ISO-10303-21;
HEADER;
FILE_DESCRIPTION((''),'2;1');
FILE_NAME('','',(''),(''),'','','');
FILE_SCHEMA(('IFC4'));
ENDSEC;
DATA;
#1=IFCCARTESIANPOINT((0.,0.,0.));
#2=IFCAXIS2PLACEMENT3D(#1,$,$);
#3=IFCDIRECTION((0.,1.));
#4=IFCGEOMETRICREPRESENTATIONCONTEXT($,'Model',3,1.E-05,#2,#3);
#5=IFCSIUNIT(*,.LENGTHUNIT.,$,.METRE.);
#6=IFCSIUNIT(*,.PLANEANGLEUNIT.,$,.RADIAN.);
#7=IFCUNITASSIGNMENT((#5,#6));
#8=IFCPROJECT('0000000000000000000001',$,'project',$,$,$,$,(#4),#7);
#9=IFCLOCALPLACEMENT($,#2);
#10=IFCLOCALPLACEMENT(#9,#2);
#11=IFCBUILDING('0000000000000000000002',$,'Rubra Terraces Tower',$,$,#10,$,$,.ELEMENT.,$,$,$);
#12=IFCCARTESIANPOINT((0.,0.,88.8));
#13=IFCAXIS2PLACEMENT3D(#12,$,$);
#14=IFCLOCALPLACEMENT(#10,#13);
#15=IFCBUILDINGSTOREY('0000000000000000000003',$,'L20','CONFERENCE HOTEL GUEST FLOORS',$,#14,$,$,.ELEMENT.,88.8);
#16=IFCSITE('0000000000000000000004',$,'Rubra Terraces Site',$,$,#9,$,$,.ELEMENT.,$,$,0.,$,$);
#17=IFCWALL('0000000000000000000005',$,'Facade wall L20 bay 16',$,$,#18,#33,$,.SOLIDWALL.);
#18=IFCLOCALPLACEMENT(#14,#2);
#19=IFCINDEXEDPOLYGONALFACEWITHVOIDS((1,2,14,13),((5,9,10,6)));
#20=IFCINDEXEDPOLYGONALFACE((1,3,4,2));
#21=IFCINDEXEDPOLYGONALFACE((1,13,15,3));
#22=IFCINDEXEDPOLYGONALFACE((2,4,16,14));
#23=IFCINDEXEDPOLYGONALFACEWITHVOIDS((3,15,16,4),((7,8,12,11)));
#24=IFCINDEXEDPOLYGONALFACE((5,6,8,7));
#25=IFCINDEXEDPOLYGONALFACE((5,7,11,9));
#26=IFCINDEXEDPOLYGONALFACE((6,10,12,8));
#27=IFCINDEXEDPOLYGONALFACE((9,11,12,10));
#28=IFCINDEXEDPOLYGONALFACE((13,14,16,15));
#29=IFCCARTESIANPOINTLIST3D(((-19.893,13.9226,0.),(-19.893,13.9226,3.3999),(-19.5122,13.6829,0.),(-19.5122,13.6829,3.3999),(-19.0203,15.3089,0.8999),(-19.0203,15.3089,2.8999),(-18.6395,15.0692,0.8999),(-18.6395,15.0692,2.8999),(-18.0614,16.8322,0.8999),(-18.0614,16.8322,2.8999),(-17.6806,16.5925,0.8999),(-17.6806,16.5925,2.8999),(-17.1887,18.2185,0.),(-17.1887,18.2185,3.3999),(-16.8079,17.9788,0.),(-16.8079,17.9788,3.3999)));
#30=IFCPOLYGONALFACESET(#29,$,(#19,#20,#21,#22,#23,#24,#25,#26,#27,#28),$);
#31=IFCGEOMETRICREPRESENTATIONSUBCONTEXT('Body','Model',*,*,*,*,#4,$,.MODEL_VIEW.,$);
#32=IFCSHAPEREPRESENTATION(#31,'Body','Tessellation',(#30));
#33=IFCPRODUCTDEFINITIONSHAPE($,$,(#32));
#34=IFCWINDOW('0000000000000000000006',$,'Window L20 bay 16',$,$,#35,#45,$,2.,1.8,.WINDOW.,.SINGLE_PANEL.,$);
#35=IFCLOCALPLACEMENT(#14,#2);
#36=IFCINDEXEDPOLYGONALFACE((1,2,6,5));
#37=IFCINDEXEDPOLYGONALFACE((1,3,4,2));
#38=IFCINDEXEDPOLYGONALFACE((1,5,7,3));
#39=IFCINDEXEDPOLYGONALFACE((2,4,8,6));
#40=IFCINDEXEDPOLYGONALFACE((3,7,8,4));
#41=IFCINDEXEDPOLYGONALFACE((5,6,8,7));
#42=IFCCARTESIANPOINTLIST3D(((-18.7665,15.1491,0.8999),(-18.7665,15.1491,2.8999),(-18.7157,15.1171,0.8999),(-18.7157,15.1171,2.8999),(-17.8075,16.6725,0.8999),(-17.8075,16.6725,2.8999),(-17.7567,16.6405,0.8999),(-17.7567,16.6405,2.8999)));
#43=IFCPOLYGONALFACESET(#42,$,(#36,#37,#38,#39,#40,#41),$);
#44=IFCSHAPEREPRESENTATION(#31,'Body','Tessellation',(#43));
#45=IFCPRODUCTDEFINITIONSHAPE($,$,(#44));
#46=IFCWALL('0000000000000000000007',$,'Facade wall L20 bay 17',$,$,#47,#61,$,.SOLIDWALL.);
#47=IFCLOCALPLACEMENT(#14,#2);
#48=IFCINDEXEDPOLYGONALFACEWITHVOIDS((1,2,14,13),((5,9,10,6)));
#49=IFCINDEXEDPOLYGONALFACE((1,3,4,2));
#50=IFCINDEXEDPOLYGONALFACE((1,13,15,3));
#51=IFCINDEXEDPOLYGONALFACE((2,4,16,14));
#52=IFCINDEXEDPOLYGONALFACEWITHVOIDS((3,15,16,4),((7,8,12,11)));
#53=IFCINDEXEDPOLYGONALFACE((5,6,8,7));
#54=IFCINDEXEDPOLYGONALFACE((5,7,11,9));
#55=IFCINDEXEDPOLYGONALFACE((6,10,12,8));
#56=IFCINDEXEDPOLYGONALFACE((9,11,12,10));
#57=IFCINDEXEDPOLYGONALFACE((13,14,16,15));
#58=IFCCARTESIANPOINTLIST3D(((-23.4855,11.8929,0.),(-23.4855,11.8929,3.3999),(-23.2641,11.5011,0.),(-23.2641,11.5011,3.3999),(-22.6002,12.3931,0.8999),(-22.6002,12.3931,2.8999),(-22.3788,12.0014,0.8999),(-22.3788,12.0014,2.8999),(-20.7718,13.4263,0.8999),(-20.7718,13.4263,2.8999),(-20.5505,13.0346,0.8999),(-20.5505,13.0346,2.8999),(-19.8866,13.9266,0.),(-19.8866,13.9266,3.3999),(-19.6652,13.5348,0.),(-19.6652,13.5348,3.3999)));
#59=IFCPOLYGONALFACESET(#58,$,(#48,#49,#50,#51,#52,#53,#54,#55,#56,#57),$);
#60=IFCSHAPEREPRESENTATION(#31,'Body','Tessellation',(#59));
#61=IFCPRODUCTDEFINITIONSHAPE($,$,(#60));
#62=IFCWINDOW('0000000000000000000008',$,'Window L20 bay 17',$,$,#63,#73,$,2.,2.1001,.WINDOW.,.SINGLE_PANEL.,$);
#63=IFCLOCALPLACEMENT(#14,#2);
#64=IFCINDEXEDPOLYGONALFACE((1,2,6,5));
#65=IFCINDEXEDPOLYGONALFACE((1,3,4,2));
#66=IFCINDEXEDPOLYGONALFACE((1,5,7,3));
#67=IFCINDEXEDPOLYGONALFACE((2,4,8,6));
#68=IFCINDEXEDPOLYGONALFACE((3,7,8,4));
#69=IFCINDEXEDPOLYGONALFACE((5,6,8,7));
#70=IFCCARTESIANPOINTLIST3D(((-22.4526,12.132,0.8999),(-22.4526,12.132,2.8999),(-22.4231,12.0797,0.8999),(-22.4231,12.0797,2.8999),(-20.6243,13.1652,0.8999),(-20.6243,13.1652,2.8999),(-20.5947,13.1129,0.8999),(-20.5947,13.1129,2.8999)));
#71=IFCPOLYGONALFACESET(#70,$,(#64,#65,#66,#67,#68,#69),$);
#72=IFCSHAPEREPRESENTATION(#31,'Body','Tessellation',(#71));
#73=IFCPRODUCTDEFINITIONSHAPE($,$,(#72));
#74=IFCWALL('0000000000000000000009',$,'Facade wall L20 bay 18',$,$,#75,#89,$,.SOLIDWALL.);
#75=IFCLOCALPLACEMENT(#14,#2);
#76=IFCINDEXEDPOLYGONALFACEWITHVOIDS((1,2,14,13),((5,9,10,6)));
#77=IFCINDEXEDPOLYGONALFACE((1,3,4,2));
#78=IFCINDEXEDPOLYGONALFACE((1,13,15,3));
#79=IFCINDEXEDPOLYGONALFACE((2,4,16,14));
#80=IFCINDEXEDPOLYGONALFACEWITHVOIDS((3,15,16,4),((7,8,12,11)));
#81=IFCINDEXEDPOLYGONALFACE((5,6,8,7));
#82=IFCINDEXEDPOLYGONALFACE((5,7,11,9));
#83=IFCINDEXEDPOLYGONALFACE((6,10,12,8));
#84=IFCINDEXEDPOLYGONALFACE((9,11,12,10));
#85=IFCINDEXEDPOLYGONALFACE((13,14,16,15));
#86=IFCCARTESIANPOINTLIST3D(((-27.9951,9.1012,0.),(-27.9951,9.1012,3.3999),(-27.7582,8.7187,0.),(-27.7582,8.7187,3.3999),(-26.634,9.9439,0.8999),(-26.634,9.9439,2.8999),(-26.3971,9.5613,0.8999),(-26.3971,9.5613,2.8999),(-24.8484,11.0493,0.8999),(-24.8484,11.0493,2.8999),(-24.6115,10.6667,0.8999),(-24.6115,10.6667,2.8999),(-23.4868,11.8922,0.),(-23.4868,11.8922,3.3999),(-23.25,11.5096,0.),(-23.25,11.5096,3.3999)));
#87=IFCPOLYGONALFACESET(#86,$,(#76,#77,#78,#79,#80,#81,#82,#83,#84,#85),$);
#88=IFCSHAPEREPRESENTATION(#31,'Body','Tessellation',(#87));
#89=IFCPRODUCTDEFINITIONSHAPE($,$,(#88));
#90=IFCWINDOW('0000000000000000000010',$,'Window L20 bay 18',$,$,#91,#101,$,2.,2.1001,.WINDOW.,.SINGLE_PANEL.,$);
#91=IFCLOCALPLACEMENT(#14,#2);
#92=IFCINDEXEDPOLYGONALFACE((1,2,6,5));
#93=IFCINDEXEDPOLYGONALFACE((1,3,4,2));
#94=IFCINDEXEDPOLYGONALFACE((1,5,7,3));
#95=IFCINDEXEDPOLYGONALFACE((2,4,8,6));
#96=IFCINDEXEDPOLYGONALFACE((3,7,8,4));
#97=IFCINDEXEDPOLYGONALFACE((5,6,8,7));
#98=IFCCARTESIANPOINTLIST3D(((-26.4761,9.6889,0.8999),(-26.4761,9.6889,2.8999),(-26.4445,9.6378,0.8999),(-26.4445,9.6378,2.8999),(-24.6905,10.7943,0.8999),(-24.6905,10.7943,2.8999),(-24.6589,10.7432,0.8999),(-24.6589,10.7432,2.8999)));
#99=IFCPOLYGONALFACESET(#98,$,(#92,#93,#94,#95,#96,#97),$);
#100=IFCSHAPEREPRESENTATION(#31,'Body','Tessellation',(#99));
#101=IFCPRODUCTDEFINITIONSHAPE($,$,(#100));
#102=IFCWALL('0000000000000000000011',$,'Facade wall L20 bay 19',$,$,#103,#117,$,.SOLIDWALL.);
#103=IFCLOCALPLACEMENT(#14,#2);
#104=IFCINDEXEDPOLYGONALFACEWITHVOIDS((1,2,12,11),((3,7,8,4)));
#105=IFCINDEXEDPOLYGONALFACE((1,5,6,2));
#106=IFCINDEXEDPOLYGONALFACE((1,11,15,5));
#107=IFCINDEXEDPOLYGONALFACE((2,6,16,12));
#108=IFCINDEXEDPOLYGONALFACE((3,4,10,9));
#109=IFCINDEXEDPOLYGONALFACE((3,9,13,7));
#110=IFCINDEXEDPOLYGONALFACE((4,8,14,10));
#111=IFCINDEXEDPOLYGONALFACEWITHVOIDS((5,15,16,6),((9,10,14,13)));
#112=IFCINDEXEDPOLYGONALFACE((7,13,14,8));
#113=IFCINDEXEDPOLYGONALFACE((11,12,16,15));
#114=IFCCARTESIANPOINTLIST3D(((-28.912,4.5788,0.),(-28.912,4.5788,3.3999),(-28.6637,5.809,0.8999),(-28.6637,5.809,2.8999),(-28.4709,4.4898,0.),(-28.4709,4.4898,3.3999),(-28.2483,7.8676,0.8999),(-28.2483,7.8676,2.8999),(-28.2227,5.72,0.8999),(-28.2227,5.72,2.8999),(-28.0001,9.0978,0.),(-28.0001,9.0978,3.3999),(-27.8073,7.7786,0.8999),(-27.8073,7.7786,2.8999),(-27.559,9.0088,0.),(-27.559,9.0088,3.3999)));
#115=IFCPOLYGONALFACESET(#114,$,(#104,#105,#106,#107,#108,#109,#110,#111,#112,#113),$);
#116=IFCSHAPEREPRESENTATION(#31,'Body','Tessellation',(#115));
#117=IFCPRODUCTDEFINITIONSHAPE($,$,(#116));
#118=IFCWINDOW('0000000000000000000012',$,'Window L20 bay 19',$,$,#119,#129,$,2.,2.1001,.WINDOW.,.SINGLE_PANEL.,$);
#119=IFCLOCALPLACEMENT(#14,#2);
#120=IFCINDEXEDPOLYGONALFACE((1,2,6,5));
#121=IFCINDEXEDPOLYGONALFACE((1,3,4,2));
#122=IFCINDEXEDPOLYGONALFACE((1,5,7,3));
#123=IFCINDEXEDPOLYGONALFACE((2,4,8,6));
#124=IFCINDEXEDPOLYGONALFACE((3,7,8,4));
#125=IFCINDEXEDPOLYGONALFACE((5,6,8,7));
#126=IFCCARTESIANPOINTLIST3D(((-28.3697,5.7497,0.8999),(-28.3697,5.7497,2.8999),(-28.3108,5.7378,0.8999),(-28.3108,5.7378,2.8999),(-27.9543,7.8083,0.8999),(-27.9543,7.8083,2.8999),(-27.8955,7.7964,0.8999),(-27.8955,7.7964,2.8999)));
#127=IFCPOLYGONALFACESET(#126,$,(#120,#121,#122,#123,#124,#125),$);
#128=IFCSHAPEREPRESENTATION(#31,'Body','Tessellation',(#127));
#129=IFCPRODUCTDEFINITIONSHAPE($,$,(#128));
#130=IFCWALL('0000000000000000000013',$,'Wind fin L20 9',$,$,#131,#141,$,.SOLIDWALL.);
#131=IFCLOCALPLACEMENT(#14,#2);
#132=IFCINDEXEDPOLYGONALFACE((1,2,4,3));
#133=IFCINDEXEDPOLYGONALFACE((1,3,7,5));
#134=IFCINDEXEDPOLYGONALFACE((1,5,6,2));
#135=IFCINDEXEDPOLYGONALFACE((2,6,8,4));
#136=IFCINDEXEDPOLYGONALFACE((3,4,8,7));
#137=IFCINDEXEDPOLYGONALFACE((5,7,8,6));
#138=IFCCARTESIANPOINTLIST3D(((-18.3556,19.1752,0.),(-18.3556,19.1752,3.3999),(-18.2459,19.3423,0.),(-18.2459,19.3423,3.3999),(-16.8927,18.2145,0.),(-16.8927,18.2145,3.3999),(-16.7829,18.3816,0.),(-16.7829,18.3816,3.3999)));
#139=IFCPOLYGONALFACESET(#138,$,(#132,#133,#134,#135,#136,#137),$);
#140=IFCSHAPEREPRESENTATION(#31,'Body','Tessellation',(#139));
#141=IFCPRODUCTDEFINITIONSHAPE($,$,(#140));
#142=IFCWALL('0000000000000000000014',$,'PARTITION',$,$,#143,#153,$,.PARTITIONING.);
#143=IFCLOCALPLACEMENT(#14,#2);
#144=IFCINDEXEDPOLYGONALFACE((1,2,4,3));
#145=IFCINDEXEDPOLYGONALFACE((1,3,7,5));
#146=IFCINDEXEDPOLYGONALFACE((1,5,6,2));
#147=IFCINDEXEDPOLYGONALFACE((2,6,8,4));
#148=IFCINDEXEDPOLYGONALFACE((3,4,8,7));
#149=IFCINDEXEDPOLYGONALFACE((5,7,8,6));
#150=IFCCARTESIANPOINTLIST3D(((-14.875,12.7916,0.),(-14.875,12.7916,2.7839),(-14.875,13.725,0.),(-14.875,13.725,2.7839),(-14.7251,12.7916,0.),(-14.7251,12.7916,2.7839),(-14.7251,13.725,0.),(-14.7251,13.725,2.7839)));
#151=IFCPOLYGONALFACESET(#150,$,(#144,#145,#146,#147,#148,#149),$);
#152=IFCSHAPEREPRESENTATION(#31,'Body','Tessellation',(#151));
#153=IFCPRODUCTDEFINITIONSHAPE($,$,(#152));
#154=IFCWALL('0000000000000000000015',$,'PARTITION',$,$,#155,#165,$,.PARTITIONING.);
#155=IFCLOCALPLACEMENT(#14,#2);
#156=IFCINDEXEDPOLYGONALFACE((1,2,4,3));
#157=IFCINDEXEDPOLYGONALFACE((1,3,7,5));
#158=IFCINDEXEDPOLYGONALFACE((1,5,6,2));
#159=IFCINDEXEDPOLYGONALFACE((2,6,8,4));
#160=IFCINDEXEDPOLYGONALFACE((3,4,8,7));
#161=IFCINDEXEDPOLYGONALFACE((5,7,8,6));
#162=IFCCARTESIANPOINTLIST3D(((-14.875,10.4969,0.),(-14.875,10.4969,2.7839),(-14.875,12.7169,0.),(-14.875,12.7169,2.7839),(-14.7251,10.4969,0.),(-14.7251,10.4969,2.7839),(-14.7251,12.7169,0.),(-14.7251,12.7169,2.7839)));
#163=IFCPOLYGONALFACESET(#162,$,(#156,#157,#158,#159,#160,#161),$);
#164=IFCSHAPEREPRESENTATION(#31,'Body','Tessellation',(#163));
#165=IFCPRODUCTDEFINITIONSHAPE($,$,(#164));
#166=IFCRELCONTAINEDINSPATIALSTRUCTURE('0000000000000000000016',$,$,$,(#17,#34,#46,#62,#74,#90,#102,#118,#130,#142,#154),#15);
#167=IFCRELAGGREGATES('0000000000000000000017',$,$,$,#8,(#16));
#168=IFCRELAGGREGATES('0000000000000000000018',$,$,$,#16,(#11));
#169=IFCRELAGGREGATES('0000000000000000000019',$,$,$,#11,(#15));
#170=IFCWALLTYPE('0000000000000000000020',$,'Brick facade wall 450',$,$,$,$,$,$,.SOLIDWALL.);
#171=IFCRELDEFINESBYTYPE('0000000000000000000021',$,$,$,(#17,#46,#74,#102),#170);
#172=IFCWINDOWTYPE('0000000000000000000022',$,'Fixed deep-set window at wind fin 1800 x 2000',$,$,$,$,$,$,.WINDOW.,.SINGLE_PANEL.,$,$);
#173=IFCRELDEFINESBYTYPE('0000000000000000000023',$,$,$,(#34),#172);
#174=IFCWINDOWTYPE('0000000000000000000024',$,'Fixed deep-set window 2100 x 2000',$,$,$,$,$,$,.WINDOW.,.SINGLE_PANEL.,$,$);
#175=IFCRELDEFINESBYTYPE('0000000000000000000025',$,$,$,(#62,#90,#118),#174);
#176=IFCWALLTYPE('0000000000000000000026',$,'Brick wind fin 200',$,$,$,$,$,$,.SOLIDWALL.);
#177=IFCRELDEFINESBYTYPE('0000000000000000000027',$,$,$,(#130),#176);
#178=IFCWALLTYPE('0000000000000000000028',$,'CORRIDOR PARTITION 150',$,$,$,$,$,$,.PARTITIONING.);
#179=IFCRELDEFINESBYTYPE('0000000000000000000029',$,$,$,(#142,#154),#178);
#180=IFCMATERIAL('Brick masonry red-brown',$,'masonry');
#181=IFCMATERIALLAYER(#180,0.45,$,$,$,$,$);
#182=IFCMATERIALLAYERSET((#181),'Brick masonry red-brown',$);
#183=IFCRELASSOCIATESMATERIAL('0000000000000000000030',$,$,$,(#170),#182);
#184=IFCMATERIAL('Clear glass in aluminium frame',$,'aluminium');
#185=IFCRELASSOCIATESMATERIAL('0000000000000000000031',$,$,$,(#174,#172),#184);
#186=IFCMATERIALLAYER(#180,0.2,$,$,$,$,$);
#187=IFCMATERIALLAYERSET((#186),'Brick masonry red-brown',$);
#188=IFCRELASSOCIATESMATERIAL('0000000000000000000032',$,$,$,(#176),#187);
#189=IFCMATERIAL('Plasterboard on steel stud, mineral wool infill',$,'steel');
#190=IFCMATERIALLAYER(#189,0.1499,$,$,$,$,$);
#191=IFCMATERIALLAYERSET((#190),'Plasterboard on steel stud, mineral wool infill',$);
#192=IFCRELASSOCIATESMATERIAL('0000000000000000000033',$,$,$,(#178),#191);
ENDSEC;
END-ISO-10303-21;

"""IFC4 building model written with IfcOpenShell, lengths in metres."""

from ifc_helpers import new_model, si_unit, direction, frame, frame_2d, origin, place, context, subcontext, project, spatial, rectangle, extrude, material, layer, layer_set, type_object, element, fill, save


model = new_model("IFC4")

# Units and contexts
model_context = context("Model", 3, precision=1e-05, world=origin(), true_north=direction((0.0, 1.0)))
body_context = subcontext(model_context, "Body", "Model", "MODEL_VIEW")
ifc_project = project(units=[si_unit("LENGTHUNIT", "METRE"), si_unit("PLANEANGLEUNIT", "RADIAN")], contexts=[model_context])

# Site, building, storey
site_placement = place(None, origin())
site = spatial("IfcSite", under=ifc_project, at=site_placement, Name="Rubra Terraces Site", CompositionType="ELEMENT", RefElevation=0.0)
building_placement = place(site_placement, origin())
building = spatial("IfcBuilding", under=site, at=building_placement, Name="Rubra Terraces Tower", CompositionType="ELEMENT")
storey_placement = place(building_placement, frame((0.0, 0.0, 88.8)))
storey = spatial("IfcBuildingStorey", under=building, at=storey_placement, Name="L20", Description="CONFERENCE HOTEL GUEST FLOORS", CompositionType="ELEMENT", Elevation=88.8)

# Walls, openings, windows
ifc_material_1 = material(Name="Brick masonry red-brown", Category="masonry")
ifc_layer_1 = layer(ifc_material_1, 0.45)
ifc_layer_set_1 = layer_set([ifc_layer_1], Name="Brick masonry red-brown")
wall_type_1 = type_object("IfcWallType", Name="Brick facade wall 450", PredefinedType="SOLIDWALL", material=ifc_layer_set_1)
ifc_material_2 = material(Name="Clear glass in aluminium frame", Category="aluminium")
window_type_1 = type_object("IfcWindowType", Name="Fixed deep-set window 2100 x 2000", PartitioningType="SINGLE_PANEL", PredefinedType="WINDOW", material=ifc_material_2)
wall_1_placement = place(storey_placement, frame((-16.9983, 18.0986, 0.0), z_axis=(0.0, 0.0, 1.0), x_axis=(-0.532746, -0.846275, 0.0)))
wall_1 = element("IfcWall", 1, at=wall_1_placement, inside=storey, type_object=wall_type_1, Name="Facade wall L20 bay 16", PredefinedType="SOLIDWALL", context=body_context, shape_type="SweptSolid", body=[
    extrude(rectangle(XDim=5.0762, YDim=0.45, at=frame_2d((2.5381, 0.0))), origin(), (0.0, 0.0, 1.0), 3.3999),
])
opening_1_placement = place(wall_1_placement, frame((1.6382, 0.0, 0.8999)))
opening_1 = element("IfcOpeningElement", 2, at=opening_1_placement, cuts=wall_1, PredefinedType="OPENING", context=body_context, shape_type="SweptSolid", body=[
    extrude(rectangle(XDim=1.8, YDim=2.0, at=frame_2d((0.8999, 1.0))), frame((0.0, 0.2349, 0.0), z_axis=(0.0, -1.0, 0.0), x_axis=(1.0, 0.0, 0.0)), (0.0, 0.0, 1.0), 0.47),
])
window_type_2 = type_object("IfcWindowType", Name="Fixed deep-set window at wind fin 1800 x 2000", PartitioningType="SINGLE_PANEL", PredefinedType="WINDOW", material=ifc_material_2)
window_1_placement = place(opening_1_placement, origin())
window_1 = element("IfcWindow", 3, at=window_1_placement, inside=storey, type_object=window_type_2, Name="Window L20 bay 16", OverallHeight=2.0, OverallWidth=1.8, PartitioningType="SINGLE_PANEL", PredefinedType="WINDOW", context=body_context, shape_type="SweptSolid", body=[
    extrude(rectangle(XDim=1.8, YDim=2.0, at=frame_2d((0.8999, 1.0))), frame((0.0, 0.135, 0.0), z_axis=(0.0, -1.0, 0.0), x_axis=(1.0, 0.0, 0.0)), (0.0, 0.0, 1.0), 0.0601),
])
fill(opening_1, window_1)
wall_2_placement = place(storey_placement, frame((-19.7759, 13.7307, 0.0), z_axis=(0.0, 0.0, 1.0), x_axis=(-0.87061, -0.491974, 0.0)))
wall_2 = element("IfcWall", 4, at=wall_2_placement, inside=storey, type_object=wall_type_1, Name="Facade wall L20 bay 17", PredefinedType="SOLIDWALL", context=body_context, shape_type="SweptSolid", body=[
    extrude(rectangle(XDim=4.1338, YDim=0.45, at=frame_2d((2.0669, 0.0))), origin(), (0.0, 0.0, 1.0), 3.3999),
])
opening_2_placement = place(wall_2_placement, frame((1.0168, 0.0, 0.8999)))
opening_2 = element("IfcOpeningElement", 5, at=opening_2_placement, cuts=wall_2, PredefinedType="OPENING", context=body_context, shape_type="SweptSolid", body=[
    extrude(rectangle(XDim=2.1001, YDim=2.0, at=frame_2d((1.05, 1.0))), frame((0.0, 0.2349, 0.0), z_axis=(0.0, -1.0, 0.0), x_axis=(1.0, 0.0, 0.0)), (0.0, 0.0, 1.0), 0.47),
])
window_2_placement = place(opening_2_placement, origin())
window_2 = element("IfcWindow", 6, at=window_2_placement, inside=storey, type_object=window_type_1, Name="Window L20 bay 17", OverallHeight=2.0, OverallWidth=2.1001, PartitioningType="SINGLE_PANEL", PredefinedType="WINDOW", context=body_context, shape_type="SweptSolid", body=[
    extrude(rectangle(XDim=2.1001, YDim=2.0, at=frame_2d((1.05, 1.0))), frame((0.0, 0.135, 0.0), z_axis=(0.0, -1.0, 0.0), x_axis=(1.0, 0.0, 0.0)), (0.0, 0.0, 1.0), 0.0601),
])
fill(opening_2, window_2)
wall_3_placement = place(storey_placement, frame((-23.3684, 11.7009, 0.0), z_axis=(0.0, 0.0, 1.0), x_axis=(-0.850251, -0.526377, 0.0)))
wall_3 = element("IfcWall", 7, at=wall_3_placement, inside=storey, type_object=wall_type_1, Name="Facade wall L20 bay 18", PredefinedType="SOLIDWALL", context=body_context, shape_type="SweptSolid", body=[
    extrude(rectangle(XDim=5.3022, YDim=0.45, at=frame_2d((2.6511, 0.0))), origin(), (0.0, 0.0, 1.0), 3.3999),
])
opening_3_placement = place(wall_3_placement, frame((1.6013, 0.0, 0.8999)))
opening_3 = element("IfcOpeningElement", 8, at=opening_3_placement, cuts=wall_3, PredefinedType="OPENING", context=body_context, shape_type="SweptSolid", body=[
    extrude(rectangle(XDim=2.1001, YDim=2.0, at=frame_2d((1.05, 1.0))), frame((0.0, 0.2349, 0.0), z_axis=(0.0, -1.0, 0.0), x_axis=(1.0, 0.0, 0.0)), (0.0, 0.0, 1.0), 0.47),
])
window_3_placement = place(opening_3_placement, origin())
window_3 = element("IfcWindow", 9, at=window_3_placement, inside=storey, type_object=window_type_1, Name="Window L20 bay 18", OverallHeight=2.0, OverallWidth=2.1001, PartitioningType="SINGLE_PANEL", PredefinedType="WINDOW", context=body_context, shape_type="SweptSolid", body=[
    extrude(rectangle(XDim=2.1001, YDim=2.0, at=frame_2d((1.05, 1.0))), frame((0.0, 0.135, 0.0), z_axis=(0.0, -1.0, 0.0), x_axis=(1.0, 0.0, 0.0)), (0.0, 0.0, 1.0), 0.0601),
])
fill(opening_3, window_3)
wall_4_placement = place(storey_placement, frame((-27.7795, 9.0535, 0.0), z_axis=(0.0, 0.0, 1.0), x_axis=(-0.197796, -0.980243, 0.0)))
wall_4 = element("IfcWall", 10, at=wall_4_placement, inside=storey, type_object=wall_type_1, Name="Facade wall L20 bay 19", PredefinedType="SOLIDWALL", context=body_context, shape_type="SweptSolid", body=[
    extrude(rectangle(XDim=4.6101, YDim=0.45, at=frame_2d((2.3052, 0.0))), origin(), (0.0, 0.0, 1.0), 3.3999),
])
opening_4_placement = place(wall_4_placement, frame((1.2551, 0.0, 0.8999)))
opening_4 = element("IfcOpeningElement", 11, at=opening_4_placement, cuts=wall_4, PredefinedType="OPENING", context=body_context, shape_type="SweptSolid", body=[
    extrude(rectangle(XDim=2.1001, YDim=2.0, at=frame_2d((1.05, 1.0))), frame((0.0, 0.2349, 0.0), z_axis=(0.0, -1.0, 0.0), x_axis=(1.0, 0.0, 0.0)), (0.0, 0.0, 1.0), 0.47),
])
window_4_placement = place(opening_4_placement, origin())
window_4 = element("IfcWindow", 12, at=window_4_placement, inside=storey, type_object=window_type_1, Name="Window L20 bay 19", OverallHeight=2.0, OverallWidth=2.1001, PartitioningType="SINGLE_PANEL", PredefinedType="WINDOW", context=body_context, shape_type="SweptSolid", body=[
    extrude(rectangle(XDim=2.1001, YDim=2.0, at=frame_2d((1.05, 1.0))), frame((0.0, 0.135, 0.0), z_axis=(0.0, -1.0, 0.0), x_axis=(1.0, 0.0, 0.0)), (0.0, 0.0, 1.0), 0.0601),
])
fill(opening_4, window_4)

# Walls
ifc_layer_2 = layer(ifc_material_1, 0.2)
ifc_layer_set_2 = layer_set([ifc_layer_2], Name="Brick masonry red-brown")
wall_type_2 = type_object("IfcWallType", Name="Brick wind fin 200", PredefinedType="SOLIDWALL", material=ifc_layer_set_2)
wall_5_placement = place(storey_placement, frame((-16.8379, 18.2981, 0.0), z_axis=(0.0, 0.0, 1.0), x_axis=(-0.835872, 0.548925, 0.0)))
element("IfcWall", 13, at=wall_5_placement, inside=storey, type_object=wall_type_2, Name="Wind fin L20 9", PredefinedType="SOLIDWALL", context=body_context, shape_type="SweptSolid", body=[
    extrude(rectangle(XDim=1.7502, YDim=0.2, at=frame_2d((0.875, 0.0))), origin(), (0.0, 0.0, 1.0), 3.3999),
])
ifc_material_3 = material(Name="Plasterboard on steel stud, mineral wool infill", Category="steel")
ifc_layer_3 = layer(ifc_material_3, 0.1499)
ifc_layer_set_3 = layer_set([ifc_layer_3], Name="Plasterboard on steel stud, mineral wool infill")
wall_type_3 = type_object("IfcWallType", Name="CORRIDOR PARTITION 150", PredefinedType="PARTITIONING", material=ifc_layer_set_3)
wall_6_placement = place(storey_placement, frame((-14.8, 13.7251, 0.0), z_axis=(0.0, 0.0, 1.0), x_axis=(0.0, -1.0, 0.0)))
element("IfcWall", 14, at=wall_6_placement, inside=storey, type_object=wall_type_3, Name="PARTITION", PredefinedType="PARTITIONING", context=body_context, shape_type="SweptSolid", body=[
    extrude(rectangle(XDim=0.9333, YDim=0.1499, at=frame_2d((0.4668, 0.0))), origin(), (0.0, 0.0, 1.0), 2.7839),
])
wall_7_placement = place(storey_placement, frame((-14.8, 12.7168, 0.0), z_axis=(0.0, 0.0, 1.0), x_axis=(0.0, -1.0, 0.0)))
element("IfcWall", 15, at=wall_7_placement, inside=storey, type_object=wall_type_3, Name="PARTITION", PredefinedType="PARTITIONING", context=body_context, shape_type="SweptSolid", body=[
    extrude(rectangle(XDim=2.22, YDim=0.1499, at=frame_2d((1.1099, 0.0))), origin(), (0.0, 0.0, 1.0), 2.7839),
])

save(model, "model.ifc")
